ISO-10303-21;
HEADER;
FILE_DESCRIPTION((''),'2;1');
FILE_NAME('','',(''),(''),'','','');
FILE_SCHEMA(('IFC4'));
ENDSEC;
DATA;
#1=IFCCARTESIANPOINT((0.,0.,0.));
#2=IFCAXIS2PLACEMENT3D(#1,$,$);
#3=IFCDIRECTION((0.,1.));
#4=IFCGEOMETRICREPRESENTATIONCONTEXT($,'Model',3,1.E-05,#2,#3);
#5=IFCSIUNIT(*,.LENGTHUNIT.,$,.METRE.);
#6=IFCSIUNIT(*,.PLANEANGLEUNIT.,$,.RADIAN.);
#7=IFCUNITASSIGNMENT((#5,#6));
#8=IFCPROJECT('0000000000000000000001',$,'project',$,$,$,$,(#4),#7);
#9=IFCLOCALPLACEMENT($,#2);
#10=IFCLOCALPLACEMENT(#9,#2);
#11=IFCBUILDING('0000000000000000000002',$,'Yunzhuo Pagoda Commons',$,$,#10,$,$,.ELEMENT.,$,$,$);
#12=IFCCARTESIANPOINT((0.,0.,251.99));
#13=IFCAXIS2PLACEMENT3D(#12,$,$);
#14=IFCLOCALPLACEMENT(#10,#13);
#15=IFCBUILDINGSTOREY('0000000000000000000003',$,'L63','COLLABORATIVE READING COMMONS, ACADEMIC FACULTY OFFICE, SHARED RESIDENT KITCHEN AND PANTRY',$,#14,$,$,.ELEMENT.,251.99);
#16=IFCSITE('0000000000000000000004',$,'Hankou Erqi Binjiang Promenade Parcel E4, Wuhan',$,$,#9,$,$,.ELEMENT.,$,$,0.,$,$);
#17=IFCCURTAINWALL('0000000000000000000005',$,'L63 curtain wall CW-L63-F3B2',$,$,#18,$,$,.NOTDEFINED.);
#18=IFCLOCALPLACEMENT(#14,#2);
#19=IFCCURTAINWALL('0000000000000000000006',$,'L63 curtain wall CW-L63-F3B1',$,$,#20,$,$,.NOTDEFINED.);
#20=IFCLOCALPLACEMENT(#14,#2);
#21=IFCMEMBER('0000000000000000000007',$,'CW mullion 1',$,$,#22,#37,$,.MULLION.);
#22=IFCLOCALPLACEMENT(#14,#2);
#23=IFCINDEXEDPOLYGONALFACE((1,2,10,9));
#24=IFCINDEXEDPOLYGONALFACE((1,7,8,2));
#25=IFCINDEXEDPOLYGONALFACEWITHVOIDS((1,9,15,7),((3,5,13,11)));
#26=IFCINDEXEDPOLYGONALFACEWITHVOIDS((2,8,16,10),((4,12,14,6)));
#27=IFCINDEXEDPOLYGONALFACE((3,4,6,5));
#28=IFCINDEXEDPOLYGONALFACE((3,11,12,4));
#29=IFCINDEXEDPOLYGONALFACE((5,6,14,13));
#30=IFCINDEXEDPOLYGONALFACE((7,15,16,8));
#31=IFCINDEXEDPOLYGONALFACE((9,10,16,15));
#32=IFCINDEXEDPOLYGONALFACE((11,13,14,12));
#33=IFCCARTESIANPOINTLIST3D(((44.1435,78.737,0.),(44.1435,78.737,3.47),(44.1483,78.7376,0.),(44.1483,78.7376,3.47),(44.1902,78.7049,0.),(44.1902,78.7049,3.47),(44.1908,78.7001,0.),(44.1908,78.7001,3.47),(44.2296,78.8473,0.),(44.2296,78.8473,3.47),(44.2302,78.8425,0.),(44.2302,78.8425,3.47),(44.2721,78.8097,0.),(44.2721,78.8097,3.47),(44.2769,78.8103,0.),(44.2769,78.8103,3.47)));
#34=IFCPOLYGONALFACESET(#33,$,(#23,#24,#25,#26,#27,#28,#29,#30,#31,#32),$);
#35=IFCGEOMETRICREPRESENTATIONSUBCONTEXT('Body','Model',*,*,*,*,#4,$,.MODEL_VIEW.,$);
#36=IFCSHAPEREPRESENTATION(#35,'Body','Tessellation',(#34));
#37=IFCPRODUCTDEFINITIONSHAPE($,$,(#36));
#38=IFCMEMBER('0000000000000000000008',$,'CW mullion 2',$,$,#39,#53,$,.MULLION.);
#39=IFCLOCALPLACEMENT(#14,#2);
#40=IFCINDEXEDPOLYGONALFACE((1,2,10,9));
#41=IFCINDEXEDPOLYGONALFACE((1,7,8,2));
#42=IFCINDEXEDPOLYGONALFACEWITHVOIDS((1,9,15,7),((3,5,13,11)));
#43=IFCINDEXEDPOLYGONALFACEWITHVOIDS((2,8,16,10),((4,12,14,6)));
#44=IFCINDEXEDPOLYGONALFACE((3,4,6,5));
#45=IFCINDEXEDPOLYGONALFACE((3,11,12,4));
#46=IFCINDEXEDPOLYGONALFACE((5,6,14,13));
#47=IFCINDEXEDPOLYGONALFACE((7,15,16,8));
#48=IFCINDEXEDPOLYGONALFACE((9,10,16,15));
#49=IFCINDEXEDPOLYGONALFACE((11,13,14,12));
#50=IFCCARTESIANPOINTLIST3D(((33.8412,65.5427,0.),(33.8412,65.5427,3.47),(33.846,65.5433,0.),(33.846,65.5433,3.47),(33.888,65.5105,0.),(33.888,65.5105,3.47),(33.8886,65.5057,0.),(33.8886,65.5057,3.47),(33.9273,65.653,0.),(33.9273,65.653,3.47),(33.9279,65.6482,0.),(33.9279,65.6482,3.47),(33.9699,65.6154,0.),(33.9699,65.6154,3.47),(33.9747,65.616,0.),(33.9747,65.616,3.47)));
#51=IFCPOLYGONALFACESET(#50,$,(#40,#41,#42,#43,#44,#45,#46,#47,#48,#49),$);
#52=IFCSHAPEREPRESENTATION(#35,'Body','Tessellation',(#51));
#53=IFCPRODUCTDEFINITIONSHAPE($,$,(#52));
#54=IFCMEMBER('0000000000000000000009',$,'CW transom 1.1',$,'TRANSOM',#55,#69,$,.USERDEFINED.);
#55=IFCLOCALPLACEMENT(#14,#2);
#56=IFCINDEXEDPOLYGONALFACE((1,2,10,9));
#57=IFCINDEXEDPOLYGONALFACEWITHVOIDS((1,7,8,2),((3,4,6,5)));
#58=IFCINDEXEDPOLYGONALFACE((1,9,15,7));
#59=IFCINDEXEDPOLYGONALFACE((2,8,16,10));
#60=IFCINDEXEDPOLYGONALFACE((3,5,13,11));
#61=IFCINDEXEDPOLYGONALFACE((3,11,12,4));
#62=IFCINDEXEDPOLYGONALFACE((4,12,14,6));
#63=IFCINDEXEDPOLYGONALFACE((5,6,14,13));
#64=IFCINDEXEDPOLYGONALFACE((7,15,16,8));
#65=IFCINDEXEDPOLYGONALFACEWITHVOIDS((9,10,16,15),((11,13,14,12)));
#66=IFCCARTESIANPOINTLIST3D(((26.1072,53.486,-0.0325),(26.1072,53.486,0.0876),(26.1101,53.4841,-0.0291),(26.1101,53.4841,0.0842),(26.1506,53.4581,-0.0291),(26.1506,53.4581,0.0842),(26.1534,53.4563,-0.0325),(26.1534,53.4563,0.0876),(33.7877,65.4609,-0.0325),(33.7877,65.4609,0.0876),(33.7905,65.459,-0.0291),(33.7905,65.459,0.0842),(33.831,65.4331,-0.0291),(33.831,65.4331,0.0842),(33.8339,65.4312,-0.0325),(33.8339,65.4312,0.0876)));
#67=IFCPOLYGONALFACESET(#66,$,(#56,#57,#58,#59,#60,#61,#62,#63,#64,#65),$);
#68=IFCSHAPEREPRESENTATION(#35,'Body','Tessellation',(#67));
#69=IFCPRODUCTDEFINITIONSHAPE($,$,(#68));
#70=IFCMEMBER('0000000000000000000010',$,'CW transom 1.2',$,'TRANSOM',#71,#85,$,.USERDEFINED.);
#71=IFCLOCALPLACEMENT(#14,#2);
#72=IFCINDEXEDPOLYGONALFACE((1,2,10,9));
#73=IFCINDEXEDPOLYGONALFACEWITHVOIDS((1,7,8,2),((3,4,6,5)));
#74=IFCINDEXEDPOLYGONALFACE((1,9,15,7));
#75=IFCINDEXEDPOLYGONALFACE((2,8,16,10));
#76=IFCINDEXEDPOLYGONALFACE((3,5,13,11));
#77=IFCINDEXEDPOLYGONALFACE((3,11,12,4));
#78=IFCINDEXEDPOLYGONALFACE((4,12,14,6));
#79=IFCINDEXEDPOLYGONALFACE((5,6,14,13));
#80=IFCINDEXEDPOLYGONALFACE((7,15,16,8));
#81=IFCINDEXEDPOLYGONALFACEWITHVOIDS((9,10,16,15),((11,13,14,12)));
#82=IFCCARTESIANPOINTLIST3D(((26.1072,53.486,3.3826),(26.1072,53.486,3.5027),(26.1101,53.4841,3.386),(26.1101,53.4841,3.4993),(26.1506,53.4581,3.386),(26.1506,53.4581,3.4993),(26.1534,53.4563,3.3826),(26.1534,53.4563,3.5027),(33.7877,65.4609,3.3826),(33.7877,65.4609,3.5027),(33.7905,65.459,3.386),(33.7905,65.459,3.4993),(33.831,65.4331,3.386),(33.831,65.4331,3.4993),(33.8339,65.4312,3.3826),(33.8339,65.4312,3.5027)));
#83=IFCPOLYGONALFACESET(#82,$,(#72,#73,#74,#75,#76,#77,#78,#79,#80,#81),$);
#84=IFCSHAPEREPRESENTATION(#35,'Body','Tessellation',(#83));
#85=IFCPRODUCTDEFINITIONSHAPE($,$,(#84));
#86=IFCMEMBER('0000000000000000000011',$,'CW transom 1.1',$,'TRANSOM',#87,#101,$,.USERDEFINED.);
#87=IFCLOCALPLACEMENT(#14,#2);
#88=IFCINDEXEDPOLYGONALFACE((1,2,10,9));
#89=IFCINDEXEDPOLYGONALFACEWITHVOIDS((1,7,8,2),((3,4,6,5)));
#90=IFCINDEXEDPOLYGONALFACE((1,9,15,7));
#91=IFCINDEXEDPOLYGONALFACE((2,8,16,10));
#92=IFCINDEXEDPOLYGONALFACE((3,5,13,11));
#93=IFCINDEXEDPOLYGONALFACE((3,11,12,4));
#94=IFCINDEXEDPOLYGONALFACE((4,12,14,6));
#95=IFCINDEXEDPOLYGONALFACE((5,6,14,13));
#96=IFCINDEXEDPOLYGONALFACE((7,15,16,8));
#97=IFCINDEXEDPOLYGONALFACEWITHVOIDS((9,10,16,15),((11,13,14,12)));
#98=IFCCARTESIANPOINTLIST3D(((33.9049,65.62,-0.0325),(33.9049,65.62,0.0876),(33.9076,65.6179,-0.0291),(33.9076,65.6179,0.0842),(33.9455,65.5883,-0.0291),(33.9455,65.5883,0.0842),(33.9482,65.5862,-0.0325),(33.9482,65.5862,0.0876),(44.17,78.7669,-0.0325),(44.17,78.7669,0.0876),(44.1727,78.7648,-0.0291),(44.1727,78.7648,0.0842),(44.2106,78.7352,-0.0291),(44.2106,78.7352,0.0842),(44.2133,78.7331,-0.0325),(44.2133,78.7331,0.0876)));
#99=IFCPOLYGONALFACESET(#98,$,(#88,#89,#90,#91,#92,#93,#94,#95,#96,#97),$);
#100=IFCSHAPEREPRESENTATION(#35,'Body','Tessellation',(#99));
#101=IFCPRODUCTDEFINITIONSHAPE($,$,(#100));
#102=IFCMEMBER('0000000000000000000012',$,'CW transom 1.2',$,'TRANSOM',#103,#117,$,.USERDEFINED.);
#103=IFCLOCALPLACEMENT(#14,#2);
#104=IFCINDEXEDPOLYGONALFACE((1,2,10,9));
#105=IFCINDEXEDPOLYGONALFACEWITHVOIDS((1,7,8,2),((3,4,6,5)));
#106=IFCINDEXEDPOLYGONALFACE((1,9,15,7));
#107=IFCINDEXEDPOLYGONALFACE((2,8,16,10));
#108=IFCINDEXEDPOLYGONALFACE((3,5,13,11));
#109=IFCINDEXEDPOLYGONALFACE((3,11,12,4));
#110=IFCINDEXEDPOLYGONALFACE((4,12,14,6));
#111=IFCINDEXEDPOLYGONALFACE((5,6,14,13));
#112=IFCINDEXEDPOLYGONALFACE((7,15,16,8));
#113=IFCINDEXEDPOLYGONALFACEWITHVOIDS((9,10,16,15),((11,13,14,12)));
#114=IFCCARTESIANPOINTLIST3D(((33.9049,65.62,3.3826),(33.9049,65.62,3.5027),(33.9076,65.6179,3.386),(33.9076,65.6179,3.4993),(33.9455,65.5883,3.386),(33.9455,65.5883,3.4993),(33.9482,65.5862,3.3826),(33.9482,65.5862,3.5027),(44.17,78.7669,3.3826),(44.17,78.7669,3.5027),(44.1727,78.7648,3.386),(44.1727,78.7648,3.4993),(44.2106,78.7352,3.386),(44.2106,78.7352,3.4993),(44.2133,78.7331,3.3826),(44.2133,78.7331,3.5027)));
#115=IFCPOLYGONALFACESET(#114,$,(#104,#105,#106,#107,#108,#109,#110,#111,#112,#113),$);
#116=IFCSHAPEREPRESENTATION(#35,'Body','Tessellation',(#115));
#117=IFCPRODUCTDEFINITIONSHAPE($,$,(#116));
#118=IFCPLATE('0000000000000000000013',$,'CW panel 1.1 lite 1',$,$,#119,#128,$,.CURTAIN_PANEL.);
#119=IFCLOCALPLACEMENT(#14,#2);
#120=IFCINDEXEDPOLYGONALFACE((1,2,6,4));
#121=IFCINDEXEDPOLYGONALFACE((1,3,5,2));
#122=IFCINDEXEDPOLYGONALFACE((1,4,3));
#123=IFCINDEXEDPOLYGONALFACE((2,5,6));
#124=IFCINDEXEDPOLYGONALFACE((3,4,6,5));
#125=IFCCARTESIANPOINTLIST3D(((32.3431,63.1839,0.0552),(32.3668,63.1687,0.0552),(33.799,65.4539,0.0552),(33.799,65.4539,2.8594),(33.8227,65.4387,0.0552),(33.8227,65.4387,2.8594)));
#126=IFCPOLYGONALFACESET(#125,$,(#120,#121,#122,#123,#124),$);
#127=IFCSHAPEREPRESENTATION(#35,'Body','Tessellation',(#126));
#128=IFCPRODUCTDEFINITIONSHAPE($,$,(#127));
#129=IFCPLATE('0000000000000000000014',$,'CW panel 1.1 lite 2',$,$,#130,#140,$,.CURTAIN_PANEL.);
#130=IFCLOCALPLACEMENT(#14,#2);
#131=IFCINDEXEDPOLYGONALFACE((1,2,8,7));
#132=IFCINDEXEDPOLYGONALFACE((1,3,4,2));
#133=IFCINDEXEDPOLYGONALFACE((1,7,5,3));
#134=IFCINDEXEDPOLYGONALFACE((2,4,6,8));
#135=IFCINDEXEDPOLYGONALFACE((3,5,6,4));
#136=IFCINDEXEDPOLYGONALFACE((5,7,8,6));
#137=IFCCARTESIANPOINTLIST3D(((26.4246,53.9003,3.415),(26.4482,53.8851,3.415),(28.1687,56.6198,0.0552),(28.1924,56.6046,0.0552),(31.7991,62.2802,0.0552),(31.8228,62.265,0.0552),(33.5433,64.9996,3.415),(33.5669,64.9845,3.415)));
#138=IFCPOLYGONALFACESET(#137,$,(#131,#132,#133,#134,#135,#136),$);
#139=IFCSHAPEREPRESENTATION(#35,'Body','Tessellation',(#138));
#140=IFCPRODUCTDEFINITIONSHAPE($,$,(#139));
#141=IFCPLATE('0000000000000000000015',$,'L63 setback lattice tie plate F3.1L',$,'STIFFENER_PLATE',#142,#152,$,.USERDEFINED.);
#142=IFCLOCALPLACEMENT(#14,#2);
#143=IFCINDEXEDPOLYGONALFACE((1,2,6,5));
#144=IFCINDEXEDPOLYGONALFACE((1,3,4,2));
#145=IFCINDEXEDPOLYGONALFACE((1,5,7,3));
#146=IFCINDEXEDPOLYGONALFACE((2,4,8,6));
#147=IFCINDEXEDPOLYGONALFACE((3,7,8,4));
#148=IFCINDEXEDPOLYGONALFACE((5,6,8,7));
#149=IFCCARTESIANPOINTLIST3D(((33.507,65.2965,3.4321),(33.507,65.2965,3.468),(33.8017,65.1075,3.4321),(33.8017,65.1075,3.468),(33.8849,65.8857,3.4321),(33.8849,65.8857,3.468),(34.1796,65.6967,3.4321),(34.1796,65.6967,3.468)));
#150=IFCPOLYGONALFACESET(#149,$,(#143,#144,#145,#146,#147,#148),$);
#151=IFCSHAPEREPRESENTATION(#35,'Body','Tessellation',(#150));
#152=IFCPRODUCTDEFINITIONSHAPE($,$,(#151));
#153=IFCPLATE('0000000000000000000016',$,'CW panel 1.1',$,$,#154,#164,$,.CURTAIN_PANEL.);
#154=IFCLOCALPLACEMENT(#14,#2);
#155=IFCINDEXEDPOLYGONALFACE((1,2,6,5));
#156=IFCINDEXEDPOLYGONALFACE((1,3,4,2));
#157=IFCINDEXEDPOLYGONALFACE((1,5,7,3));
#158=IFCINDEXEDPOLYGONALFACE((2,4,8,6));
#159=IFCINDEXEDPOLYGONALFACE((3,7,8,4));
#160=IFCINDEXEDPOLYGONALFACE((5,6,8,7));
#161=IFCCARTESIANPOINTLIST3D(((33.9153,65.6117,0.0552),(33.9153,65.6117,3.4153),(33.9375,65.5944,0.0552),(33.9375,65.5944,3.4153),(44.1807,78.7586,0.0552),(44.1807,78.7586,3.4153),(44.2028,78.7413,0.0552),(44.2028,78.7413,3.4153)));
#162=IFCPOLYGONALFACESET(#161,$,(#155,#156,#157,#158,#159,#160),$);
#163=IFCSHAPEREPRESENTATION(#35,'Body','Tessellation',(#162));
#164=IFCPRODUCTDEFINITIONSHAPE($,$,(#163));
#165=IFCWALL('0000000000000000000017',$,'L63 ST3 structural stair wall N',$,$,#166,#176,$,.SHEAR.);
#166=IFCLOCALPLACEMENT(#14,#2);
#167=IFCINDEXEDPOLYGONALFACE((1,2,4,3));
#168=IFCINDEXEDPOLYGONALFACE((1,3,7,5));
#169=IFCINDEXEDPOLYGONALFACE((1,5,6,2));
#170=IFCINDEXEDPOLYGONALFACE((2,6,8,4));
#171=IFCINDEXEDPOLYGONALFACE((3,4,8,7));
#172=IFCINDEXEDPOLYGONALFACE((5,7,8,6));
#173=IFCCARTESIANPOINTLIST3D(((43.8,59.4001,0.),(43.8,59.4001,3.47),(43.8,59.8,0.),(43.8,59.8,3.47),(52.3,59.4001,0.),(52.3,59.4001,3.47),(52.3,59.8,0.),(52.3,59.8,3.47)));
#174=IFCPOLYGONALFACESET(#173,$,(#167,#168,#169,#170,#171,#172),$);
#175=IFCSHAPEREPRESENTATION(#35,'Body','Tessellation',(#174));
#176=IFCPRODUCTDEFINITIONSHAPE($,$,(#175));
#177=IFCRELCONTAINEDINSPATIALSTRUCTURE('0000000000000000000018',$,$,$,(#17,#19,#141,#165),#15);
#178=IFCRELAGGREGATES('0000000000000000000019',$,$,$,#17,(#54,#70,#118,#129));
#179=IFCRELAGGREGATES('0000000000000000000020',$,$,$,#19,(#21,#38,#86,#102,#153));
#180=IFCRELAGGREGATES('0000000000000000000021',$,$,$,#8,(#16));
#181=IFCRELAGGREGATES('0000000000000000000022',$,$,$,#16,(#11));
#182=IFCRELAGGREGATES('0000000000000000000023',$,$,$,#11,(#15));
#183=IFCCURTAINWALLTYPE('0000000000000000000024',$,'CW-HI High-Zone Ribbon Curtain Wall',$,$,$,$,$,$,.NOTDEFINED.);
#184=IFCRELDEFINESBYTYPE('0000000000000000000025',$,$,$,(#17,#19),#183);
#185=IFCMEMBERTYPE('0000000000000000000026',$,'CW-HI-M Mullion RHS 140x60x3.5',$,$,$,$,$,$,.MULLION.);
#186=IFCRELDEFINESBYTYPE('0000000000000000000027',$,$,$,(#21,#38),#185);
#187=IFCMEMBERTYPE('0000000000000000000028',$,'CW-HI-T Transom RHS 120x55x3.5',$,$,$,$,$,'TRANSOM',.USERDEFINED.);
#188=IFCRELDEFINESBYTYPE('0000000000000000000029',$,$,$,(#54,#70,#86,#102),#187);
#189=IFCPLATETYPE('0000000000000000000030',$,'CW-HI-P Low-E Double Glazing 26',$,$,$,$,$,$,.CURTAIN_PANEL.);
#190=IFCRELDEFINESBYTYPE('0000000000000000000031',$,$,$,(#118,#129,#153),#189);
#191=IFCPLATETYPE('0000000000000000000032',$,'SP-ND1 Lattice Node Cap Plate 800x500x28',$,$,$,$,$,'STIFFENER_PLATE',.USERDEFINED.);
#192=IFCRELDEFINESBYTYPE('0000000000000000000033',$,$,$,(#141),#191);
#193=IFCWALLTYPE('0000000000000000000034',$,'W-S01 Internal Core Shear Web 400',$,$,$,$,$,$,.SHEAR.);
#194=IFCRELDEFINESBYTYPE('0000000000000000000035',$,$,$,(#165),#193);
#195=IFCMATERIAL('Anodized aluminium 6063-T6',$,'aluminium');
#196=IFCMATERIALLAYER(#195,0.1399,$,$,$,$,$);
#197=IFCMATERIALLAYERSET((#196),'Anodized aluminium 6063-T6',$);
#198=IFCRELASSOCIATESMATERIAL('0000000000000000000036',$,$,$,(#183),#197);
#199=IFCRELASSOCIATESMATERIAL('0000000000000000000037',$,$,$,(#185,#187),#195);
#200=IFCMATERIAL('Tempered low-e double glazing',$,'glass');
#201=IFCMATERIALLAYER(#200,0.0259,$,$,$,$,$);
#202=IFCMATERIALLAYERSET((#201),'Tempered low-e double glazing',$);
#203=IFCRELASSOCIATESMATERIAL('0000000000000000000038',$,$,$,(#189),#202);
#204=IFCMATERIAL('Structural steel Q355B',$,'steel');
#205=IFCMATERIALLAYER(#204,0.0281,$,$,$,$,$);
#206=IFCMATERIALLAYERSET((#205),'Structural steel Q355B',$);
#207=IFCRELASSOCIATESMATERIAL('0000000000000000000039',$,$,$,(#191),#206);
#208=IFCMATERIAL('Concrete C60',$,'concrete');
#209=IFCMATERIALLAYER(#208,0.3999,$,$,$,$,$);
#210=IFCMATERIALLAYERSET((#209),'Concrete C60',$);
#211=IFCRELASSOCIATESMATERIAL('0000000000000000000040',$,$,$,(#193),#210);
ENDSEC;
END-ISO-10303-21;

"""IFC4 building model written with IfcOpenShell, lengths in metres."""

from ifc_helpers import new_model, si_unit, direction, frame, frame_2d, origin, origin_2d, place, context, subcontext, project, spatial, polyline, rectangle, hollow_rectangle, outline, extrude, source, transform, mapped, material, layer, layer_set, material_profile, profile_set, type_object, element, aggregate, save


model = new_model("IFC4")

# Units and contexts
model_context = context("Model", 3, precision=1e-05, world=origin(), true_north=direction((0.0, 1.0)))
body_context = subcontext(model_context, "Body", "Model", "MODEL_VIEW")
ifc_project = project(units=[si_unit("LENGTHUNIT", "METRE"), si_unit("PLANEANGLEUNIT", "RADIAN")], contexts=[model_context])

# Site, building, storey
site_placement = place(None, origin())
site = spatial("IfcSite", under=ifc_project, at=site_placement, Name="Hankou Erqi Binjiang Promenade Parcel E4, Wuhan", CompositionType="ELEMENT", RefElevation=0.0)
building_placement = place(site_placement, origin())
building = spatial("IfcBuilding", under=site, at=building_placement, Name="Yunzhuo Pagoda Commons", CompositionType="ELEMENT")
storey_placement = place(building_placement, frame((0.0, 0.0, 251.99)))
storey = spatial("IfcBuildingStorey", under=building, at=storey_placement, Name="L63", Description="COLLABORATIVE READING COMMONS, ACADEMIC FACULTY OFFICE, SHARED RESIDENT KITCHEN AND PANTRY", CompositionType="ELEMENT", Elevation=251.99)

# Shared definitions
ifc_material_1 = material(Name="Structural steel Q355B", Category="steel")

# Curtain wall
ifc_material_2 = material(Name="Anodized aluminium 6063-T6", Category="aluminium")
ifc_layer_1 = layer(ifc_material_2, 0.1399)
ifc_layer_set_1 = layer_set([ifc_layer_1], Name="Anodized aluminium 6063-T6")
curtain_wall_type = type_object("IfcCurtainWallType", Name="CW-HI High-Zone Ribbon Curtain Wall", PredefinedType="NOTDEFINED", material=ifc_layer_set_1)
curtain_wall_1_placement = place(storey_placement, origin())
curtain_wall_1 = element("IfcCurtainWall", 1, at=curtain_wall_1_placement, inside=storey, type_object=curtain_wall_type, Name="L63 curtain wall CW-L63-F3B2", PredefinedType="NOTDEFINED")
ifc_material_profile_1 = material_profile(ifc_material_2, hollow_rectangle(XDim=0.0601, YDim=0.1399, WallThickness=0.0034, at=origin_2d()), Name="Anodized aluminium 6063-T6")
ifc_profile_set_1 = profile_set([ifc_material_profile_1], Name="Anodized aluminium 6063-T6")
member_type_1 = type_object("IfcMemberType", Name="CW-HI-M Mullion RHS 140x60x3.5", PredefinedType="MULLION", material=ifc_profile_set_1)
shared_shape_1 = source(origin(), body_context, "Body", "SweptSolid", [
    extrude(hollow_rectangle(XDim=0.0601, YDim=0.1399, WallThickness=0.0034, at=origin_2d()), origin(), (0.0, 0.0, 1.0), 3.47),
])

# Curtain wall, members
curtain_wall_2_placement = place(storey_placement, origin())
curtain_wall_2 = element("IfcCurtainWall", 2, at=curtain_wall_2_placement, inside=storey, type_object=curtain_wall_type, Name="L63 curtain wall CW-L63-F3B1", PredefinedType="NOTDEFINED")
member_1_placement = place(storey_placement, frame((44.2102, 78.7737, 0.0), z_axis=(0.0, 0.0, 1.0), x_axis=(0.78819, -0.615433, 0.0)))
member_1 = element("IfcMember", 3, at=member_1_placement, type_object=member_type_1, Name="CW mullion 1", PredefinedType="MULLION", context=body_context, shape_type="MappedRepresentation", body=[
    mapped(shared_shape_1, transform((0.0, 0.0, 0.0), scale=1.0)),
])
member_2_placement = place(storey_placement, frame((33.908, 65.5793, 0.0), z_axis=(0.0, 0.0, 1.0), x_axis=(0.78819, -0.615433, 0.0)))
member_2 = element("IfcMember", 4, at=member_2_placement, type_object=member_type_1, Name="CW mullion 2", PredefinedType="MULLION", context=body_context, shape_type="MappedRepresentation", body=[
    mapped(shared_shape_1, transform((0.0, 0.0, 0.0), scale=1.0)),
])

# Members
ifc_material_profile_2 = material_profile(ifc_material_2, hollow_rectangle(XDim=0.0549, YDim=0.1201, WallThickness=0.0034, at=origin_2d()), Name="Anodized aluminium 6063-T6")
ifc_profile_set_2 = profile_set([ifc_material_profile_2], Name="Anodized aluminium 6063-T6")
member_type_2 = type_object("IfcMemberType", Name="CW-HI-T Transom RHS 120x55x3.5", ElementType="TRANSOM", PredefinedType="USERDEFINED", material=ifc_profile_set_2)
shared_shape_2 = source(origin(), body_context, "Body", "SweptSolid", [
    extrude(hollow_rectangle(XDim=0.0549, YDim=0.1201, WallThickness=0.0034, at=origin_2d()), origin(), (0.0, 0.0, 1.0), 14.2263),
])
member_3_placement = place(storey_placement, frame((33.8108, 65.446, 0.0276), z_axis=(-0.539877, -0.841744, 0.0), x_axis=(0.841744, -0.539877, 0.0)))
member_3 = element("IfcMember", 5, at=member_3_placement, type_object=member_type_2, Name="CW transom 1.1", ObjectType="TRANSOM", PredefinedType="USERDEFINED", context=body_context, shape_type="MappedRepresentation", body=[
    mapped(shared_shape_2, transform((0.0, 0.0, 0.0), scale=1.0)),
])
member_4_placement = place(storey_placement, frame((33.8108, 65.446, 3.4426), z_axis=(-0.539877, -0.841744, 0.0), x_axis=(0.841744, -0.539877, 0.0)))
member_4 = element("IfcMember", 6, at=member_4_placement, type_object=member_type_2, Name="CW transom 1.2", ObjectType="TRANSOM", PredefinedType="USERDEFINED", context=body_context, shape_type="MappedRepresentation", body=[
    mapped(shared_shape_2, transform((0.0, 0.0, 0.0), scale=1.0)),
])
shared_shape_3 = source(origin(), body_context, "Body", "SweptSolid", [
    extrude(hollow_rectangle(XDim=0.0549, YDim=0.1201, WallThickness=0.0034, at=origin_2d()), origin(), (0.0, 0.0, 1.0), 16.6797),
])
member_5_placement = place(storey_placement, frame((44.1917, 78.75, 0.0276), z_axis=(-0.615423, -0.788197, 0.0), x_axis=(0.788197, -0.615423, 0.0)))
member_5 = element("IfcMember", 7, at=member_5_placement, type_object=member_type_2, Name="CW transom 1.1", ObjectType="TRANSOM", PredefinedType="USERDEFINED", context=body_context, shape_type="MappedRepresentation", body=[
    mapped(shared_shape_3, transform((0.0, 0.0, 0.0), scale=1.0)),
])
member_6_placement = place(storey_placement, frame((44.1917, 78.75, 3.4426), z_axis=(-0.615423, -0.788197, 0.0), x_axis=(0.788197, -0.615423, 0.0)))
member_6 = element("IfcMember", 8, at=member_6_placement, type_object=member_type_2, Name="CW transom 1.2", ObjectType="TRANSOM", PredefinedType="USERDEFINED", context=body_context, shape_type="MappedRepresentation", body=[
    mapped(shared_shape_3, transform((0.0, 0.0, 0.0), scale=1.0)),
])

# Plates
ifc_material_3 = material(Name="Tempered low-e double glazing", Category="glass")
ifc_layer_2 = layer(ifc_material_3, 0.0259)
ifc_layer_set_2 = layer_set([ifc_layer_2], Name="Tempered low-e double glazing")
plate_type_1 = type_object("IfcPlateType", Name="CW-HI-P Low-E Double Glazing 26", PredefinedType="CURTAIN_PANEL", material=ifc_layer_set_2)
plate_1_placement = place(storey_placement, frame((33.0947, 64.3037, 1.4573), z_axis=(-0.84175, 0.539867, 0.0), x_axis=(-0.539867, -0.84175, 0.0)))
plate_1 = element("IfcPlate", 9, at=plate_1_placement, type_object=plate_type_1, Name="CW panel 1.1 lite 1", PredefinedType="CURTAIN_PANEL", context=body_context, shape_type="SweptSolid", body=[
    extrude(outline(polyline([(-1.3484, -1.4021), (1.3484, -1.4021), (-1.3484, 1.4021), (-1.3484, -1.4021)])), origin(), (0.0, 0.0, 1.0), 0.0281),
])
plate_2_placement = place(storey_placement, frame((30.0076, 59.4348, 1.7351), z_axis=(-0.84175, 0.539867, 0.0), x_axis=(-0.539867, -0.84175, 0.0)))
plate_2 = element("IfcPlate", 10, at=plate_2_placement, type_object=plate_type_1, Name="CW panel 1.1 lite 2", PredefinedType="CURTAIN_PANEL", context=body_context, shape_type="SweptSolid", body=[
    extrude(outline(polyline([(-6.593, 1.6799), (-3.3623, -1.6799), (3.3623, -1.6799), (6.593, 1.6799), (-6.593, 1.6799)])), origin(), (0.0, 0.0, 1.0), 0.0281),
])
aggregate(curtain_wall_1, [member_3, member_4, plate_1, plate_2])
ifc_layer_3 = layer(ifc_material_1, 0.0281)
ifc_layer_set_3 = layer_set([ifc_layer_3], Name="Structural steel Q355B")
plate_type_2 = type_object("IfcPlateType", Name="SP-ND1 Lattice Node Cap Plate 800x500x28", ElementType="STIFFENER_PLATE", PredefinedType="USERDEFINED", material=ifc_layer_set_3)
shared_shape_4 = source(origin(), body_context, "Body", "SweptSolid", [
    extrude(rectangle(XDim=0.7, YDim=0.3501, at=origin_2d()), origin(), (0.0, 0.0, 1.0), 0.0359),
])
plate_3_placement = place(storey_placement, frame((33.8433, 65.4966, 3.4321), z_axis=(0.0, 0.0, 1.0), x_axis=(-0.539873, -0.841746, 0.0)))
element("IfcPlate", 11, at=plate_3_placement, inside=storey, type_object=plate_type_2, Name="L63 setback lattice tie plate F3.1L", ObjectType="STIFFENER_PLATE", PredefinedType="USERDEFINED", context=body_context, shape_type="MappedRepresentation", body=[
    mapped(shared_shape_4, transform((0.0, 0.0, 0.0), scale=1.0)),
])
shared_shape_5 = source(origin(), body_context, "Body", "SweptSolid", [
    extrude(rectangle(XDim=16.6799, YDim=0.0281, at=origin_2d()), origin(), (0.0, 0.0, 1.0), 3.3601),
])
plate_4_placement = place(storey_placement, frame((39.0591, 72.1765, 0.0552), z_axis=(0.0, 0.0, 1.0), x_axis=(-0.615433, -0.78819, 0.0)))
plate_4 = element("IfcPlate", 12, at=plate_4_placement, type_object=plate_type_1, Name="CW panel 1.1", PredefinedType="CURTAIN_PANEL", context=body_context, shape_type="MappedRepresentation", body=[
    mapped(shared_shape_5, transform((0.0, 0.0, 0.0), scale=1.0)),
])
aggregate(curtain_wall_2, [member_1, member_2, member_5, member_6, plate_4])

# Wall
ifc_material_4 = material(Name="Concrete C60", Category="concrete")
ifc_layer_4 = layer(ifc_material_4, 0.3999)
ifc_layer_set_4 = layer_set([ifc_layer_4], Name="Concrete C60")
wall_type = type_object("IfcWallType", Name="W-S01 Internal Core Shear Web 400", PredefinedType="SHEAR", material=ifc_layer_set_4)
wall_placement = place(storey_placement, frame((43.8, 59.6001, 0.0), z_axis=(0.0, 0.0, 1.0), x_axis=(1.0, 0.0, 0.0)))
element("IfcWall", 13, at=wall_placement, inside=storey, type_object=wall_type, Name="L63 ST3 structural stair wall N", PredefinedType="SHEAR", context=body_context, shape_type="SweptSolid", body=[
    extrude(rectangle(XDim=8.5, YDim=0.3999, at=frame_2d((4.25, 0.0))), origin(), (0.0, 0.0, 1.0), 3.47),
])

save(model, "model.ifc")
